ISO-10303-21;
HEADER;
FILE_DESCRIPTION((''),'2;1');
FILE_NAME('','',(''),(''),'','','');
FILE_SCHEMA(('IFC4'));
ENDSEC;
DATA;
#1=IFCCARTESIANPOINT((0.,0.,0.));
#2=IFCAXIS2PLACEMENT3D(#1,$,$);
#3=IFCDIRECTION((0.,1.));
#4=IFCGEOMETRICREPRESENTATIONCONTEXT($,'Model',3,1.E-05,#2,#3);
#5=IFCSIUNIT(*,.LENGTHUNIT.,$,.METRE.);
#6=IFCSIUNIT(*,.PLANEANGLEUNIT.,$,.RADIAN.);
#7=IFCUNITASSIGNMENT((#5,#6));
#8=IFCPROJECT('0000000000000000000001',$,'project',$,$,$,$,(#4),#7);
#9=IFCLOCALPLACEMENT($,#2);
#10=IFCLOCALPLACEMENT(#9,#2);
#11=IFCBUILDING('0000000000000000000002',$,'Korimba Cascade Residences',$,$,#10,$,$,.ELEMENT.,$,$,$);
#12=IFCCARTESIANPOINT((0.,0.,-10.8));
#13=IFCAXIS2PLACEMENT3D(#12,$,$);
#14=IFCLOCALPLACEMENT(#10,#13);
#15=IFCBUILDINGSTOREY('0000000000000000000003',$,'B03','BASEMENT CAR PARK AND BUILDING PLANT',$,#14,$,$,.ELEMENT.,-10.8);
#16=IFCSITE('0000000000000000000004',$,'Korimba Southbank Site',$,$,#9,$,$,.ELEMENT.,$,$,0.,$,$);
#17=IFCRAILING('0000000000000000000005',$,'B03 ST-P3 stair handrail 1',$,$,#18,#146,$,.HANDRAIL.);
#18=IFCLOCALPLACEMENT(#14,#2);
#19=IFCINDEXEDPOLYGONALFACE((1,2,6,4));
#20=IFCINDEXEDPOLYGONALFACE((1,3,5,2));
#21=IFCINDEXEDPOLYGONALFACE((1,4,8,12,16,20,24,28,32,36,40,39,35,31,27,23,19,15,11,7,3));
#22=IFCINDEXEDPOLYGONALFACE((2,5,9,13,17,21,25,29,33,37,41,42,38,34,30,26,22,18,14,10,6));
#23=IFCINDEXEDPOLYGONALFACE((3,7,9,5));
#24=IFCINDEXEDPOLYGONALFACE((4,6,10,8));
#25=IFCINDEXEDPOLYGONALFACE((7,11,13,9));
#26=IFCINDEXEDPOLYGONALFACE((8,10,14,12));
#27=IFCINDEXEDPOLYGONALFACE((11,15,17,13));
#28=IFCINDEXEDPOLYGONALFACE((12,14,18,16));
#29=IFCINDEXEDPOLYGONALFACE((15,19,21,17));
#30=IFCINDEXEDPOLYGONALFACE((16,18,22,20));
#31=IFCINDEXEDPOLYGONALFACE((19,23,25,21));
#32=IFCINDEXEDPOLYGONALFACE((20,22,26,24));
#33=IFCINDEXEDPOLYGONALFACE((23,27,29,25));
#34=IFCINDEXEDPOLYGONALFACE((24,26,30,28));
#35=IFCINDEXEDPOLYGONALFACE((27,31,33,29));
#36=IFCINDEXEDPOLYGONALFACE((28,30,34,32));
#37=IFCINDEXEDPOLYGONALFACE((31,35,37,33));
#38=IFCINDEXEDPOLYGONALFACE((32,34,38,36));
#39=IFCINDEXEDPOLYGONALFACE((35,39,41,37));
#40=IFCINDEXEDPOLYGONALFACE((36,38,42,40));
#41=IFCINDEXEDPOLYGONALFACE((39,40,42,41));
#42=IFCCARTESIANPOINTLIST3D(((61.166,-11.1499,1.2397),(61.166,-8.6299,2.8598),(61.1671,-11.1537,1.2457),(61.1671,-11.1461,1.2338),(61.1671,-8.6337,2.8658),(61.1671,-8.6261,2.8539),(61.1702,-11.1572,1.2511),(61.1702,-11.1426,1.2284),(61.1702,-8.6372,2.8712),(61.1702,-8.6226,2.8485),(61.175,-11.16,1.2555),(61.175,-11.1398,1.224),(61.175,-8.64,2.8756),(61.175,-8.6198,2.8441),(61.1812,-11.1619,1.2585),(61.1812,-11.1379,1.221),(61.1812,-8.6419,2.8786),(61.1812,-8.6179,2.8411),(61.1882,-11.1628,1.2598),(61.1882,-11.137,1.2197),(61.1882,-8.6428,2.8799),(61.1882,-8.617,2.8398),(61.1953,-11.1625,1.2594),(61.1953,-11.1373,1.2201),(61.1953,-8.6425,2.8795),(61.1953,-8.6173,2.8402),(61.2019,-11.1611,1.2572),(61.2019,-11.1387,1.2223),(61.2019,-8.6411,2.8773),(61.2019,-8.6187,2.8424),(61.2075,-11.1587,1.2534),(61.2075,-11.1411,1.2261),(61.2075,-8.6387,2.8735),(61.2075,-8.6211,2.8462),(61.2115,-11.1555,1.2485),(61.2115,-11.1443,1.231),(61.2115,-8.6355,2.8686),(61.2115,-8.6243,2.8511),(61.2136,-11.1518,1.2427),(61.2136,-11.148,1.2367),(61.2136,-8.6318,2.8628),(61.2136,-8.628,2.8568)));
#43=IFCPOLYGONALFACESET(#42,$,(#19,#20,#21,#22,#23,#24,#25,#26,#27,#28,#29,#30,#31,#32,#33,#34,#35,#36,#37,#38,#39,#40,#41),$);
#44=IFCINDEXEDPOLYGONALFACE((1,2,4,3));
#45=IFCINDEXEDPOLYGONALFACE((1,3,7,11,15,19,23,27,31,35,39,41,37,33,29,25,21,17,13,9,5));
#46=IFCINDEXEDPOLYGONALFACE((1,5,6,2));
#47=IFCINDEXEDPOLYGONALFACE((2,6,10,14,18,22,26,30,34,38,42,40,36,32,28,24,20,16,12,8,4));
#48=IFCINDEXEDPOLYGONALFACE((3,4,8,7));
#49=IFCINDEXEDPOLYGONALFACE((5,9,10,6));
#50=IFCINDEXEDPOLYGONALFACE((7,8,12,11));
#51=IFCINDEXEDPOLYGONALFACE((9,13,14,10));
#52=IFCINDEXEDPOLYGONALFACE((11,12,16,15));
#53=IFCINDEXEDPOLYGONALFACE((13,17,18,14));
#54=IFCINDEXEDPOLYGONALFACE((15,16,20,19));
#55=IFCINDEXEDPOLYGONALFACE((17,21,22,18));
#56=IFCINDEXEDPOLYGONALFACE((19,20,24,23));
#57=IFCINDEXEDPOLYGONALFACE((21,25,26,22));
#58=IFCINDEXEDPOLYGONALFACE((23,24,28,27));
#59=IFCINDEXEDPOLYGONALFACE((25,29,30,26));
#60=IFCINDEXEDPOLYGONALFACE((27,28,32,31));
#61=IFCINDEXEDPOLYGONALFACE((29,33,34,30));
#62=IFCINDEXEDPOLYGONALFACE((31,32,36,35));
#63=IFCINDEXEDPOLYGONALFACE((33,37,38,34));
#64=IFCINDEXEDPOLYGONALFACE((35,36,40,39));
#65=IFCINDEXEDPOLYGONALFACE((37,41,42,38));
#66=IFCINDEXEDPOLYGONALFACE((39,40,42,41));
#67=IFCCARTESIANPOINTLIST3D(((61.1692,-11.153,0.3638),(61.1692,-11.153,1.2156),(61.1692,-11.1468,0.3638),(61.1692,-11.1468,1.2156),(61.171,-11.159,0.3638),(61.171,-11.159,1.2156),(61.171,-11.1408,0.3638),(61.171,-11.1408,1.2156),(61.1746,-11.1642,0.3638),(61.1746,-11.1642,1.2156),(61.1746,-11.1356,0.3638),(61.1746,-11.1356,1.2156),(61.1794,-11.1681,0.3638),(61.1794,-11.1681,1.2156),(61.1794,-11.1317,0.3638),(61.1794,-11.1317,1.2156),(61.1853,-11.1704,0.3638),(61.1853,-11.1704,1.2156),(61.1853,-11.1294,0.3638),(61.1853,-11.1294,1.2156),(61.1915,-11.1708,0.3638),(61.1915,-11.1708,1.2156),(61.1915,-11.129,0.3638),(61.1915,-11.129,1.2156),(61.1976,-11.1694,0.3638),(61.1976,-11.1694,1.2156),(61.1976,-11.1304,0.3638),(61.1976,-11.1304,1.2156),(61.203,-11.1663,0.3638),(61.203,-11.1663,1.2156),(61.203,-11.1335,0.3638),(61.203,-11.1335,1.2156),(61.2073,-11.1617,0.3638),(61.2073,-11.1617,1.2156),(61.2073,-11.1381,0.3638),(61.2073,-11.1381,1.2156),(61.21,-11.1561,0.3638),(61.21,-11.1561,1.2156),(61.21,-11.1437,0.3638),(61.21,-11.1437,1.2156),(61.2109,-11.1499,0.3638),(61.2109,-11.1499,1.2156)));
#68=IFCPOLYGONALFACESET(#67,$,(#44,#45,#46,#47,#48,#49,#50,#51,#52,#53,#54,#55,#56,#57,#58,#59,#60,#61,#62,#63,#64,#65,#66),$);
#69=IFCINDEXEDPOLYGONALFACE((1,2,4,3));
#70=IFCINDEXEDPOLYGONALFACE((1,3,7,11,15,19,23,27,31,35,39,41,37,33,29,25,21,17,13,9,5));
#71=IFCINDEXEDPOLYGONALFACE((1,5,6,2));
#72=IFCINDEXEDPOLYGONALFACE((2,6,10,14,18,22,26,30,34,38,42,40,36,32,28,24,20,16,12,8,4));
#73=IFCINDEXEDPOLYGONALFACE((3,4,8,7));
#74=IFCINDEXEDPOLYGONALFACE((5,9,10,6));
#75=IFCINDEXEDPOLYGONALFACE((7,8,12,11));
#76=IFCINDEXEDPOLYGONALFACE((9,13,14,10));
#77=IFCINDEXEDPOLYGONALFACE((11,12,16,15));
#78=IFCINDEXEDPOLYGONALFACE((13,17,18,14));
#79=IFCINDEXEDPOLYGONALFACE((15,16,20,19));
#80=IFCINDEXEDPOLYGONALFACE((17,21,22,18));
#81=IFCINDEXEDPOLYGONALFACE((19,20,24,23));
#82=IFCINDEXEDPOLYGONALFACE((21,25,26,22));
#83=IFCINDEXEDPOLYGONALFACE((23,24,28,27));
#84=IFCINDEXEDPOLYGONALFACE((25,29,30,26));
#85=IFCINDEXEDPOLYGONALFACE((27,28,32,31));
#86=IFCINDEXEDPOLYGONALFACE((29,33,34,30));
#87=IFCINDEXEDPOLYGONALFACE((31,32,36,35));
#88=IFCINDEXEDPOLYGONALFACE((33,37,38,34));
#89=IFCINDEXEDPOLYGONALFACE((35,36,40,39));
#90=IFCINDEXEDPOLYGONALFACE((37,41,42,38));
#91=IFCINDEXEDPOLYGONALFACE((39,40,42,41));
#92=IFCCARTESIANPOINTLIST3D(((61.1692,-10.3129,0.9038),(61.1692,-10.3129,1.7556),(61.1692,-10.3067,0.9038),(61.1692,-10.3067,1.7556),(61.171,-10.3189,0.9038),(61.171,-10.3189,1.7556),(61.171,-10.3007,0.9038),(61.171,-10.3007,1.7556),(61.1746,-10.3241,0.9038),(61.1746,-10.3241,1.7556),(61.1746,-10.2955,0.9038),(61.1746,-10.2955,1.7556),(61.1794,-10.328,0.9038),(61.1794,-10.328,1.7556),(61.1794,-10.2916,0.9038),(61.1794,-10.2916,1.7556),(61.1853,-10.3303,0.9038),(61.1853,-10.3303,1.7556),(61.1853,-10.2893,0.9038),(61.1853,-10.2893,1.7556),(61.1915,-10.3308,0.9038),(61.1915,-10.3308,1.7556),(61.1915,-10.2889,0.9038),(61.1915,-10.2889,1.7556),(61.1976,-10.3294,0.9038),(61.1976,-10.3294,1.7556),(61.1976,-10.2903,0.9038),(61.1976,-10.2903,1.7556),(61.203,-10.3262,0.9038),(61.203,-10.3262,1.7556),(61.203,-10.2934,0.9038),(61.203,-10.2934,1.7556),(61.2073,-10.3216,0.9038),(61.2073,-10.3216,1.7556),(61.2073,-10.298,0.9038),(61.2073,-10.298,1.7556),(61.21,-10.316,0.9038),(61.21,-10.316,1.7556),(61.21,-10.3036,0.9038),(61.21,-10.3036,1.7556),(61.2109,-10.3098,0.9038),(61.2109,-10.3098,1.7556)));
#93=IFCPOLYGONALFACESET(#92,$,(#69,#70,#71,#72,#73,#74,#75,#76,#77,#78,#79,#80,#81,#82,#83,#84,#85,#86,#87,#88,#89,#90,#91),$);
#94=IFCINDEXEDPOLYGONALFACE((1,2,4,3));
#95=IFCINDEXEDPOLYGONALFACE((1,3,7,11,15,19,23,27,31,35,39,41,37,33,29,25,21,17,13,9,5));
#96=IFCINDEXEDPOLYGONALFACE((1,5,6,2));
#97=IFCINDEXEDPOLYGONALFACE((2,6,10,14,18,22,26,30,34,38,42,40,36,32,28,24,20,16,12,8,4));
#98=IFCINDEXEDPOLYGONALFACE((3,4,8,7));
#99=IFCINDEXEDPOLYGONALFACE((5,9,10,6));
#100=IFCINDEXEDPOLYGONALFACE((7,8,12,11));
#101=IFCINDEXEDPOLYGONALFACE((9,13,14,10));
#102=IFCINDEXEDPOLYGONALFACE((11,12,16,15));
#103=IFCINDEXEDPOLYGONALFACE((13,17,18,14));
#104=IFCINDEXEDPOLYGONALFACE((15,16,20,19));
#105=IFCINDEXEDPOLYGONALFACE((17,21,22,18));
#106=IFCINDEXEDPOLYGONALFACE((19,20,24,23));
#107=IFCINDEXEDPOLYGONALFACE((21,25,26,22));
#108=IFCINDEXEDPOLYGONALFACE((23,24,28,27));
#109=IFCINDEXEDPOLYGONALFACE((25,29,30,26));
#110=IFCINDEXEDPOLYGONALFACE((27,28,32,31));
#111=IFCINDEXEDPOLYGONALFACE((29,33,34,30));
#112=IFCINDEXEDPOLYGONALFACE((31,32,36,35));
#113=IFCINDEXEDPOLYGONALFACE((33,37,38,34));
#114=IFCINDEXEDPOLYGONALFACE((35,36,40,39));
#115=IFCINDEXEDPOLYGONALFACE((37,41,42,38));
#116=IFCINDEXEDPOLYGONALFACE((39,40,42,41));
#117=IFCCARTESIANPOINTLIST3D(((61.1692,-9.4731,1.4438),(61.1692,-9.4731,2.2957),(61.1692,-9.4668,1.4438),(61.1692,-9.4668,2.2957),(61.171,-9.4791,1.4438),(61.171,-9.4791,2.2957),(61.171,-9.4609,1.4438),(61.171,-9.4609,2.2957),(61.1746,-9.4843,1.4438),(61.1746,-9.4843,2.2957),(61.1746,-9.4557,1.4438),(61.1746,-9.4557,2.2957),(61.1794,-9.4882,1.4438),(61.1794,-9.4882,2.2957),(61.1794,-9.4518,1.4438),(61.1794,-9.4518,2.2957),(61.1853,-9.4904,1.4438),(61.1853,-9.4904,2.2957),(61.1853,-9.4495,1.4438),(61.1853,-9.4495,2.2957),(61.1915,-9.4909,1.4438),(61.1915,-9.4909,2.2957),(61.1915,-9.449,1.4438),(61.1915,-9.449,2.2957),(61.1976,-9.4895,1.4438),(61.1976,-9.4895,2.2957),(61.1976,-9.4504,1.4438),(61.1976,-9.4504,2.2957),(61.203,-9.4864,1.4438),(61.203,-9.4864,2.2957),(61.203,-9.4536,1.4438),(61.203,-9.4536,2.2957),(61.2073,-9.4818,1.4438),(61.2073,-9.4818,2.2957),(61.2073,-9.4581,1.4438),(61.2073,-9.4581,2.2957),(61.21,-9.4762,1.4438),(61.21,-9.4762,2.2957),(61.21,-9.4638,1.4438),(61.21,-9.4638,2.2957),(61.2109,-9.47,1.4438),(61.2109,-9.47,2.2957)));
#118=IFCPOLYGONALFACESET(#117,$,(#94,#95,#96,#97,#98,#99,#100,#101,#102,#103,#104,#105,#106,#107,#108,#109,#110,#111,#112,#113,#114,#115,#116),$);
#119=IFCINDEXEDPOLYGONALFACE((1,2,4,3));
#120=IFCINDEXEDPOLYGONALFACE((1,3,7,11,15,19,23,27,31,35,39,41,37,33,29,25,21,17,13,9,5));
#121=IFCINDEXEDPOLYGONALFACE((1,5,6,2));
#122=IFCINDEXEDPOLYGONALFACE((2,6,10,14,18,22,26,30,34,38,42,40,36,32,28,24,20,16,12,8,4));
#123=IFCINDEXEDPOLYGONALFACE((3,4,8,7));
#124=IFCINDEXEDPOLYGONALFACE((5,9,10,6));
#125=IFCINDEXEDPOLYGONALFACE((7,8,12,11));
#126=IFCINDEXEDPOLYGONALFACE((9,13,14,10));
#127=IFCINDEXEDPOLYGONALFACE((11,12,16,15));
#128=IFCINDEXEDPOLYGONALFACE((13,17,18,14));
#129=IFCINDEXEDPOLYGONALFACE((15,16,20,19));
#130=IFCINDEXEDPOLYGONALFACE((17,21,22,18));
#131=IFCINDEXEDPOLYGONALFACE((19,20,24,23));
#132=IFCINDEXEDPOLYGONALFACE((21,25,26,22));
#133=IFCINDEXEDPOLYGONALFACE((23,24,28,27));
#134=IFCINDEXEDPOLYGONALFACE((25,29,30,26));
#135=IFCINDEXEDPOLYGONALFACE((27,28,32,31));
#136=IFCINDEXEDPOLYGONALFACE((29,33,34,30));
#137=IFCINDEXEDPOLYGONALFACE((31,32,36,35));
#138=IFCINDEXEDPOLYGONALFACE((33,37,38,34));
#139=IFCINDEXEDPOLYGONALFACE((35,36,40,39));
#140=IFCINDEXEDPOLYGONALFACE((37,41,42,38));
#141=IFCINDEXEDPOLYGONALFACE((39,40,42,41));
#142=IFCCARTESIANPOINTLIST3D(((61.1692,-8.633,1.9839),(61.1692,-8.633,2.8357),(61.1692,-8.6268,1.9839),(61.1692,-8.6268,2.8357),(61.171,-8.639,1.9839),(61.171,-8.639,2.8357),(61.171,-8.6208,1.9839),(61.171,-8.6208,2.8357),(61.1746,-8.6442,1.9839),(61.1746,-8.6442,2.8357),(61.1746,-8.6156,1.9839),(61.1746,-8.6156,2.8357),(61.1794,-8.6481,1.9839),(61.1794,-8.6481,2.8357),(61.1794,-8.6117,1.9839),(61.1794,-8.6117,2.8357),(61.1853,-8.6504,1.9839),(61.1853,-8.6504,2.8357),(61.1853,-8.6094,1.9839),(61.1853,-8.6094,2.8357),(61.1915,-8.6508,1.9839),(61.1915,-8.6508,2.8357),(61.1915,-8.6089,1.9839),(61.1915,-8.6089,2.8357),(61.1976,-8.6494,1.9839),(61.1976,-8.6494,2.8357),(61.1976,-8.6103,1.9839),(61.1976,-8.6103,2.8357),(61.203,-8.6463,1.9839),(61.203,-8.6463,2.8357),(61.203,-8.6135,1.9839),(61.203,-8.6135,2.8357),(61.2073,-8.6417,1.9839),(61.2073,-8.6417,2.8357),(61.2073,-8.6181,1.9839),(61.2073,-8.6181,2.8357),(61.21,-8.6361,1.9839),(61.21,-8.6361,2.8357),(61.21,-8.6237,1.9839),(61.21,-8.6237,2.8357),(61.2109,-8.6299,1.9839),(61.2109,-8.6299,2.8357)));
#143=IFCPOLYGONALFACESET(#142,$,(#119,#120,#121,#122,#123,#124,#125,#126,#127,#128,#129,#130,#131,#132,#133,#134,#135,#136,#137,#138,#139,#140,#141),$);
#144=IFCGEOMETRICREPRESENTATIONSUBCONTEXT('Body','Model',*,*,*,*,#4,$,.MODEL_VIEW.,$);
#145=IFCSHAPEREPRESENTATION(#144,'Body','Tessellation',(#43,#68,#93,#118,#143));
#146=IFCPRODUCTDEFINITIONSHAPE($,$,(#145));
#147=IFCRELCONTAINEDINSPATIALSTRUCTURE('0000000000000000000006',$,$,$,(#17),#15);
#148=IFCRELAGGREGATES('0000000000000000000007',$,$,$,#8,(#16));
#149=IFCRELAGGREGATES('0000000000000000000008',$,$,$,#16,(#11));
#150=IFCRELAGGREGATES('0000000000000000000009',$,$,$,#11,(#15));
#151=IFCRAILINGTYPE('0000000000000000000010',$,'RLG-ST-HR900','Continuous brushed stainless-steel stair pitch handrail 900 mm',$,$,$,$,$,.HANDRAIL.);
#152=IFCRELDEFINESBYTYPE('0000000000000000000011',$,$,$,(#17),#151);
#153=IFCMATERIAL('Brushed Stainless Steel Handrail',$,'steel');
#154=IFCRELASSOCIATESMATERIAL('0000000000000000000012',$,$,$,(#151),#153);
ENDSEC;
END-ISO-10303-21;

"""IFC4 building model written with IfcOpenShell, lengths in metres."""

from ifc_helpers import new_model, si_unit, direction, frame, origin, origin_2d, place, context, subcontext, project, spatial, circle, extrude, material, type_object, element, save


model = new_model("IFC4")

# Units and contexts
model_context = context("Model", 3, precision=1e-05, world=origin(), true_north=direction((0.0, 1.0)))
body_context = subcontext(model_context, "Body", "Model", "MODEL_VIEW")
ifc_project = project(units=[si_unit("LENGTHUNIT", "METRE"), si_unit("PLANEANGLEUNIT", "RADIAN")], contexts=[model_context])

# Site, building, storey
site_placement = place(None, origin())
site = spatial("IfcSite", under=ifc_project, at=site_placement, Name="Korimba Southbank Site", CompositionType="ELEMENT", RefElevation=0.0)
building_placement = place(site_placement, origin())
building = spatial("IfcBuilding", under=site, at=building_placement, Name="Korimba Cascade Residences", CompositionType="ELEMENT")
storey_placement = place(building_placement, frame((0.0, 0.0, -10.8)))
storey = spatial("IfcBuildingStorey", under=building, at=storey_placement, Name="B03", Description="BASEMENT CAR PARK AND BUILDING PLANT", CompositionType="ELEMENT", Elevation=-10.8)

# Railing
ifc_material_1 = material(Name="Brushed Stainless Steel Handrail", Category="steel")
railing_type_1 = type_object("IfcRailingType", Name="RLG-ST-HR900", Description="Continuous brushed stainless-steel stair pitch handrail 900 mm", PredefinedType="HANDRAIL", material=ifc_material_1)
railing_1_placement = place(storey_placement, frame((61.1899, -11.1499, 0.3638)))
element("IfcRailing", 1, at=railing_1_placement, inside=storey, type_object=railing_type_1, Name="B03 ST-P3 stair handrail 1", PredefinedType="HANDRAIL", context=body_context, shape_type="SweptSolid", body=[
    extrude(circle(Radius=0.0239, at=origin_2d()), frame((0.0, 0.0, 0.876), z_axis=(0.0, 0.841163, 0.540782), x_axis=(-1.0, 0.0, 0.0)), (0.0, 0.0, 1.0), 2.9958),
    extrude(circle(Radius=0.021, at=origin_2d()), origin(), (0.0, 0.0, 1.0), 0.8518),
    extrude(circle(Radius=0.021, at=origin_2d()), frame((0.0, 0.8401, 0.54)), (0.0, 0.0, 1.0), 0.8518),
    extrude(circle(Radius=0.021, at=origin_2d()), frame((0.0, 1.6799, 1.0801)), (0.0, 0.0, 1.0), 0.8518),
    extrude(circle(Radius=0.021, at=origin_2d()), frame((0.0, 2.52, 1.6201)), (0.0, 0.0, 1.0), 0.8518),
])

save(model, "model.ifc")
